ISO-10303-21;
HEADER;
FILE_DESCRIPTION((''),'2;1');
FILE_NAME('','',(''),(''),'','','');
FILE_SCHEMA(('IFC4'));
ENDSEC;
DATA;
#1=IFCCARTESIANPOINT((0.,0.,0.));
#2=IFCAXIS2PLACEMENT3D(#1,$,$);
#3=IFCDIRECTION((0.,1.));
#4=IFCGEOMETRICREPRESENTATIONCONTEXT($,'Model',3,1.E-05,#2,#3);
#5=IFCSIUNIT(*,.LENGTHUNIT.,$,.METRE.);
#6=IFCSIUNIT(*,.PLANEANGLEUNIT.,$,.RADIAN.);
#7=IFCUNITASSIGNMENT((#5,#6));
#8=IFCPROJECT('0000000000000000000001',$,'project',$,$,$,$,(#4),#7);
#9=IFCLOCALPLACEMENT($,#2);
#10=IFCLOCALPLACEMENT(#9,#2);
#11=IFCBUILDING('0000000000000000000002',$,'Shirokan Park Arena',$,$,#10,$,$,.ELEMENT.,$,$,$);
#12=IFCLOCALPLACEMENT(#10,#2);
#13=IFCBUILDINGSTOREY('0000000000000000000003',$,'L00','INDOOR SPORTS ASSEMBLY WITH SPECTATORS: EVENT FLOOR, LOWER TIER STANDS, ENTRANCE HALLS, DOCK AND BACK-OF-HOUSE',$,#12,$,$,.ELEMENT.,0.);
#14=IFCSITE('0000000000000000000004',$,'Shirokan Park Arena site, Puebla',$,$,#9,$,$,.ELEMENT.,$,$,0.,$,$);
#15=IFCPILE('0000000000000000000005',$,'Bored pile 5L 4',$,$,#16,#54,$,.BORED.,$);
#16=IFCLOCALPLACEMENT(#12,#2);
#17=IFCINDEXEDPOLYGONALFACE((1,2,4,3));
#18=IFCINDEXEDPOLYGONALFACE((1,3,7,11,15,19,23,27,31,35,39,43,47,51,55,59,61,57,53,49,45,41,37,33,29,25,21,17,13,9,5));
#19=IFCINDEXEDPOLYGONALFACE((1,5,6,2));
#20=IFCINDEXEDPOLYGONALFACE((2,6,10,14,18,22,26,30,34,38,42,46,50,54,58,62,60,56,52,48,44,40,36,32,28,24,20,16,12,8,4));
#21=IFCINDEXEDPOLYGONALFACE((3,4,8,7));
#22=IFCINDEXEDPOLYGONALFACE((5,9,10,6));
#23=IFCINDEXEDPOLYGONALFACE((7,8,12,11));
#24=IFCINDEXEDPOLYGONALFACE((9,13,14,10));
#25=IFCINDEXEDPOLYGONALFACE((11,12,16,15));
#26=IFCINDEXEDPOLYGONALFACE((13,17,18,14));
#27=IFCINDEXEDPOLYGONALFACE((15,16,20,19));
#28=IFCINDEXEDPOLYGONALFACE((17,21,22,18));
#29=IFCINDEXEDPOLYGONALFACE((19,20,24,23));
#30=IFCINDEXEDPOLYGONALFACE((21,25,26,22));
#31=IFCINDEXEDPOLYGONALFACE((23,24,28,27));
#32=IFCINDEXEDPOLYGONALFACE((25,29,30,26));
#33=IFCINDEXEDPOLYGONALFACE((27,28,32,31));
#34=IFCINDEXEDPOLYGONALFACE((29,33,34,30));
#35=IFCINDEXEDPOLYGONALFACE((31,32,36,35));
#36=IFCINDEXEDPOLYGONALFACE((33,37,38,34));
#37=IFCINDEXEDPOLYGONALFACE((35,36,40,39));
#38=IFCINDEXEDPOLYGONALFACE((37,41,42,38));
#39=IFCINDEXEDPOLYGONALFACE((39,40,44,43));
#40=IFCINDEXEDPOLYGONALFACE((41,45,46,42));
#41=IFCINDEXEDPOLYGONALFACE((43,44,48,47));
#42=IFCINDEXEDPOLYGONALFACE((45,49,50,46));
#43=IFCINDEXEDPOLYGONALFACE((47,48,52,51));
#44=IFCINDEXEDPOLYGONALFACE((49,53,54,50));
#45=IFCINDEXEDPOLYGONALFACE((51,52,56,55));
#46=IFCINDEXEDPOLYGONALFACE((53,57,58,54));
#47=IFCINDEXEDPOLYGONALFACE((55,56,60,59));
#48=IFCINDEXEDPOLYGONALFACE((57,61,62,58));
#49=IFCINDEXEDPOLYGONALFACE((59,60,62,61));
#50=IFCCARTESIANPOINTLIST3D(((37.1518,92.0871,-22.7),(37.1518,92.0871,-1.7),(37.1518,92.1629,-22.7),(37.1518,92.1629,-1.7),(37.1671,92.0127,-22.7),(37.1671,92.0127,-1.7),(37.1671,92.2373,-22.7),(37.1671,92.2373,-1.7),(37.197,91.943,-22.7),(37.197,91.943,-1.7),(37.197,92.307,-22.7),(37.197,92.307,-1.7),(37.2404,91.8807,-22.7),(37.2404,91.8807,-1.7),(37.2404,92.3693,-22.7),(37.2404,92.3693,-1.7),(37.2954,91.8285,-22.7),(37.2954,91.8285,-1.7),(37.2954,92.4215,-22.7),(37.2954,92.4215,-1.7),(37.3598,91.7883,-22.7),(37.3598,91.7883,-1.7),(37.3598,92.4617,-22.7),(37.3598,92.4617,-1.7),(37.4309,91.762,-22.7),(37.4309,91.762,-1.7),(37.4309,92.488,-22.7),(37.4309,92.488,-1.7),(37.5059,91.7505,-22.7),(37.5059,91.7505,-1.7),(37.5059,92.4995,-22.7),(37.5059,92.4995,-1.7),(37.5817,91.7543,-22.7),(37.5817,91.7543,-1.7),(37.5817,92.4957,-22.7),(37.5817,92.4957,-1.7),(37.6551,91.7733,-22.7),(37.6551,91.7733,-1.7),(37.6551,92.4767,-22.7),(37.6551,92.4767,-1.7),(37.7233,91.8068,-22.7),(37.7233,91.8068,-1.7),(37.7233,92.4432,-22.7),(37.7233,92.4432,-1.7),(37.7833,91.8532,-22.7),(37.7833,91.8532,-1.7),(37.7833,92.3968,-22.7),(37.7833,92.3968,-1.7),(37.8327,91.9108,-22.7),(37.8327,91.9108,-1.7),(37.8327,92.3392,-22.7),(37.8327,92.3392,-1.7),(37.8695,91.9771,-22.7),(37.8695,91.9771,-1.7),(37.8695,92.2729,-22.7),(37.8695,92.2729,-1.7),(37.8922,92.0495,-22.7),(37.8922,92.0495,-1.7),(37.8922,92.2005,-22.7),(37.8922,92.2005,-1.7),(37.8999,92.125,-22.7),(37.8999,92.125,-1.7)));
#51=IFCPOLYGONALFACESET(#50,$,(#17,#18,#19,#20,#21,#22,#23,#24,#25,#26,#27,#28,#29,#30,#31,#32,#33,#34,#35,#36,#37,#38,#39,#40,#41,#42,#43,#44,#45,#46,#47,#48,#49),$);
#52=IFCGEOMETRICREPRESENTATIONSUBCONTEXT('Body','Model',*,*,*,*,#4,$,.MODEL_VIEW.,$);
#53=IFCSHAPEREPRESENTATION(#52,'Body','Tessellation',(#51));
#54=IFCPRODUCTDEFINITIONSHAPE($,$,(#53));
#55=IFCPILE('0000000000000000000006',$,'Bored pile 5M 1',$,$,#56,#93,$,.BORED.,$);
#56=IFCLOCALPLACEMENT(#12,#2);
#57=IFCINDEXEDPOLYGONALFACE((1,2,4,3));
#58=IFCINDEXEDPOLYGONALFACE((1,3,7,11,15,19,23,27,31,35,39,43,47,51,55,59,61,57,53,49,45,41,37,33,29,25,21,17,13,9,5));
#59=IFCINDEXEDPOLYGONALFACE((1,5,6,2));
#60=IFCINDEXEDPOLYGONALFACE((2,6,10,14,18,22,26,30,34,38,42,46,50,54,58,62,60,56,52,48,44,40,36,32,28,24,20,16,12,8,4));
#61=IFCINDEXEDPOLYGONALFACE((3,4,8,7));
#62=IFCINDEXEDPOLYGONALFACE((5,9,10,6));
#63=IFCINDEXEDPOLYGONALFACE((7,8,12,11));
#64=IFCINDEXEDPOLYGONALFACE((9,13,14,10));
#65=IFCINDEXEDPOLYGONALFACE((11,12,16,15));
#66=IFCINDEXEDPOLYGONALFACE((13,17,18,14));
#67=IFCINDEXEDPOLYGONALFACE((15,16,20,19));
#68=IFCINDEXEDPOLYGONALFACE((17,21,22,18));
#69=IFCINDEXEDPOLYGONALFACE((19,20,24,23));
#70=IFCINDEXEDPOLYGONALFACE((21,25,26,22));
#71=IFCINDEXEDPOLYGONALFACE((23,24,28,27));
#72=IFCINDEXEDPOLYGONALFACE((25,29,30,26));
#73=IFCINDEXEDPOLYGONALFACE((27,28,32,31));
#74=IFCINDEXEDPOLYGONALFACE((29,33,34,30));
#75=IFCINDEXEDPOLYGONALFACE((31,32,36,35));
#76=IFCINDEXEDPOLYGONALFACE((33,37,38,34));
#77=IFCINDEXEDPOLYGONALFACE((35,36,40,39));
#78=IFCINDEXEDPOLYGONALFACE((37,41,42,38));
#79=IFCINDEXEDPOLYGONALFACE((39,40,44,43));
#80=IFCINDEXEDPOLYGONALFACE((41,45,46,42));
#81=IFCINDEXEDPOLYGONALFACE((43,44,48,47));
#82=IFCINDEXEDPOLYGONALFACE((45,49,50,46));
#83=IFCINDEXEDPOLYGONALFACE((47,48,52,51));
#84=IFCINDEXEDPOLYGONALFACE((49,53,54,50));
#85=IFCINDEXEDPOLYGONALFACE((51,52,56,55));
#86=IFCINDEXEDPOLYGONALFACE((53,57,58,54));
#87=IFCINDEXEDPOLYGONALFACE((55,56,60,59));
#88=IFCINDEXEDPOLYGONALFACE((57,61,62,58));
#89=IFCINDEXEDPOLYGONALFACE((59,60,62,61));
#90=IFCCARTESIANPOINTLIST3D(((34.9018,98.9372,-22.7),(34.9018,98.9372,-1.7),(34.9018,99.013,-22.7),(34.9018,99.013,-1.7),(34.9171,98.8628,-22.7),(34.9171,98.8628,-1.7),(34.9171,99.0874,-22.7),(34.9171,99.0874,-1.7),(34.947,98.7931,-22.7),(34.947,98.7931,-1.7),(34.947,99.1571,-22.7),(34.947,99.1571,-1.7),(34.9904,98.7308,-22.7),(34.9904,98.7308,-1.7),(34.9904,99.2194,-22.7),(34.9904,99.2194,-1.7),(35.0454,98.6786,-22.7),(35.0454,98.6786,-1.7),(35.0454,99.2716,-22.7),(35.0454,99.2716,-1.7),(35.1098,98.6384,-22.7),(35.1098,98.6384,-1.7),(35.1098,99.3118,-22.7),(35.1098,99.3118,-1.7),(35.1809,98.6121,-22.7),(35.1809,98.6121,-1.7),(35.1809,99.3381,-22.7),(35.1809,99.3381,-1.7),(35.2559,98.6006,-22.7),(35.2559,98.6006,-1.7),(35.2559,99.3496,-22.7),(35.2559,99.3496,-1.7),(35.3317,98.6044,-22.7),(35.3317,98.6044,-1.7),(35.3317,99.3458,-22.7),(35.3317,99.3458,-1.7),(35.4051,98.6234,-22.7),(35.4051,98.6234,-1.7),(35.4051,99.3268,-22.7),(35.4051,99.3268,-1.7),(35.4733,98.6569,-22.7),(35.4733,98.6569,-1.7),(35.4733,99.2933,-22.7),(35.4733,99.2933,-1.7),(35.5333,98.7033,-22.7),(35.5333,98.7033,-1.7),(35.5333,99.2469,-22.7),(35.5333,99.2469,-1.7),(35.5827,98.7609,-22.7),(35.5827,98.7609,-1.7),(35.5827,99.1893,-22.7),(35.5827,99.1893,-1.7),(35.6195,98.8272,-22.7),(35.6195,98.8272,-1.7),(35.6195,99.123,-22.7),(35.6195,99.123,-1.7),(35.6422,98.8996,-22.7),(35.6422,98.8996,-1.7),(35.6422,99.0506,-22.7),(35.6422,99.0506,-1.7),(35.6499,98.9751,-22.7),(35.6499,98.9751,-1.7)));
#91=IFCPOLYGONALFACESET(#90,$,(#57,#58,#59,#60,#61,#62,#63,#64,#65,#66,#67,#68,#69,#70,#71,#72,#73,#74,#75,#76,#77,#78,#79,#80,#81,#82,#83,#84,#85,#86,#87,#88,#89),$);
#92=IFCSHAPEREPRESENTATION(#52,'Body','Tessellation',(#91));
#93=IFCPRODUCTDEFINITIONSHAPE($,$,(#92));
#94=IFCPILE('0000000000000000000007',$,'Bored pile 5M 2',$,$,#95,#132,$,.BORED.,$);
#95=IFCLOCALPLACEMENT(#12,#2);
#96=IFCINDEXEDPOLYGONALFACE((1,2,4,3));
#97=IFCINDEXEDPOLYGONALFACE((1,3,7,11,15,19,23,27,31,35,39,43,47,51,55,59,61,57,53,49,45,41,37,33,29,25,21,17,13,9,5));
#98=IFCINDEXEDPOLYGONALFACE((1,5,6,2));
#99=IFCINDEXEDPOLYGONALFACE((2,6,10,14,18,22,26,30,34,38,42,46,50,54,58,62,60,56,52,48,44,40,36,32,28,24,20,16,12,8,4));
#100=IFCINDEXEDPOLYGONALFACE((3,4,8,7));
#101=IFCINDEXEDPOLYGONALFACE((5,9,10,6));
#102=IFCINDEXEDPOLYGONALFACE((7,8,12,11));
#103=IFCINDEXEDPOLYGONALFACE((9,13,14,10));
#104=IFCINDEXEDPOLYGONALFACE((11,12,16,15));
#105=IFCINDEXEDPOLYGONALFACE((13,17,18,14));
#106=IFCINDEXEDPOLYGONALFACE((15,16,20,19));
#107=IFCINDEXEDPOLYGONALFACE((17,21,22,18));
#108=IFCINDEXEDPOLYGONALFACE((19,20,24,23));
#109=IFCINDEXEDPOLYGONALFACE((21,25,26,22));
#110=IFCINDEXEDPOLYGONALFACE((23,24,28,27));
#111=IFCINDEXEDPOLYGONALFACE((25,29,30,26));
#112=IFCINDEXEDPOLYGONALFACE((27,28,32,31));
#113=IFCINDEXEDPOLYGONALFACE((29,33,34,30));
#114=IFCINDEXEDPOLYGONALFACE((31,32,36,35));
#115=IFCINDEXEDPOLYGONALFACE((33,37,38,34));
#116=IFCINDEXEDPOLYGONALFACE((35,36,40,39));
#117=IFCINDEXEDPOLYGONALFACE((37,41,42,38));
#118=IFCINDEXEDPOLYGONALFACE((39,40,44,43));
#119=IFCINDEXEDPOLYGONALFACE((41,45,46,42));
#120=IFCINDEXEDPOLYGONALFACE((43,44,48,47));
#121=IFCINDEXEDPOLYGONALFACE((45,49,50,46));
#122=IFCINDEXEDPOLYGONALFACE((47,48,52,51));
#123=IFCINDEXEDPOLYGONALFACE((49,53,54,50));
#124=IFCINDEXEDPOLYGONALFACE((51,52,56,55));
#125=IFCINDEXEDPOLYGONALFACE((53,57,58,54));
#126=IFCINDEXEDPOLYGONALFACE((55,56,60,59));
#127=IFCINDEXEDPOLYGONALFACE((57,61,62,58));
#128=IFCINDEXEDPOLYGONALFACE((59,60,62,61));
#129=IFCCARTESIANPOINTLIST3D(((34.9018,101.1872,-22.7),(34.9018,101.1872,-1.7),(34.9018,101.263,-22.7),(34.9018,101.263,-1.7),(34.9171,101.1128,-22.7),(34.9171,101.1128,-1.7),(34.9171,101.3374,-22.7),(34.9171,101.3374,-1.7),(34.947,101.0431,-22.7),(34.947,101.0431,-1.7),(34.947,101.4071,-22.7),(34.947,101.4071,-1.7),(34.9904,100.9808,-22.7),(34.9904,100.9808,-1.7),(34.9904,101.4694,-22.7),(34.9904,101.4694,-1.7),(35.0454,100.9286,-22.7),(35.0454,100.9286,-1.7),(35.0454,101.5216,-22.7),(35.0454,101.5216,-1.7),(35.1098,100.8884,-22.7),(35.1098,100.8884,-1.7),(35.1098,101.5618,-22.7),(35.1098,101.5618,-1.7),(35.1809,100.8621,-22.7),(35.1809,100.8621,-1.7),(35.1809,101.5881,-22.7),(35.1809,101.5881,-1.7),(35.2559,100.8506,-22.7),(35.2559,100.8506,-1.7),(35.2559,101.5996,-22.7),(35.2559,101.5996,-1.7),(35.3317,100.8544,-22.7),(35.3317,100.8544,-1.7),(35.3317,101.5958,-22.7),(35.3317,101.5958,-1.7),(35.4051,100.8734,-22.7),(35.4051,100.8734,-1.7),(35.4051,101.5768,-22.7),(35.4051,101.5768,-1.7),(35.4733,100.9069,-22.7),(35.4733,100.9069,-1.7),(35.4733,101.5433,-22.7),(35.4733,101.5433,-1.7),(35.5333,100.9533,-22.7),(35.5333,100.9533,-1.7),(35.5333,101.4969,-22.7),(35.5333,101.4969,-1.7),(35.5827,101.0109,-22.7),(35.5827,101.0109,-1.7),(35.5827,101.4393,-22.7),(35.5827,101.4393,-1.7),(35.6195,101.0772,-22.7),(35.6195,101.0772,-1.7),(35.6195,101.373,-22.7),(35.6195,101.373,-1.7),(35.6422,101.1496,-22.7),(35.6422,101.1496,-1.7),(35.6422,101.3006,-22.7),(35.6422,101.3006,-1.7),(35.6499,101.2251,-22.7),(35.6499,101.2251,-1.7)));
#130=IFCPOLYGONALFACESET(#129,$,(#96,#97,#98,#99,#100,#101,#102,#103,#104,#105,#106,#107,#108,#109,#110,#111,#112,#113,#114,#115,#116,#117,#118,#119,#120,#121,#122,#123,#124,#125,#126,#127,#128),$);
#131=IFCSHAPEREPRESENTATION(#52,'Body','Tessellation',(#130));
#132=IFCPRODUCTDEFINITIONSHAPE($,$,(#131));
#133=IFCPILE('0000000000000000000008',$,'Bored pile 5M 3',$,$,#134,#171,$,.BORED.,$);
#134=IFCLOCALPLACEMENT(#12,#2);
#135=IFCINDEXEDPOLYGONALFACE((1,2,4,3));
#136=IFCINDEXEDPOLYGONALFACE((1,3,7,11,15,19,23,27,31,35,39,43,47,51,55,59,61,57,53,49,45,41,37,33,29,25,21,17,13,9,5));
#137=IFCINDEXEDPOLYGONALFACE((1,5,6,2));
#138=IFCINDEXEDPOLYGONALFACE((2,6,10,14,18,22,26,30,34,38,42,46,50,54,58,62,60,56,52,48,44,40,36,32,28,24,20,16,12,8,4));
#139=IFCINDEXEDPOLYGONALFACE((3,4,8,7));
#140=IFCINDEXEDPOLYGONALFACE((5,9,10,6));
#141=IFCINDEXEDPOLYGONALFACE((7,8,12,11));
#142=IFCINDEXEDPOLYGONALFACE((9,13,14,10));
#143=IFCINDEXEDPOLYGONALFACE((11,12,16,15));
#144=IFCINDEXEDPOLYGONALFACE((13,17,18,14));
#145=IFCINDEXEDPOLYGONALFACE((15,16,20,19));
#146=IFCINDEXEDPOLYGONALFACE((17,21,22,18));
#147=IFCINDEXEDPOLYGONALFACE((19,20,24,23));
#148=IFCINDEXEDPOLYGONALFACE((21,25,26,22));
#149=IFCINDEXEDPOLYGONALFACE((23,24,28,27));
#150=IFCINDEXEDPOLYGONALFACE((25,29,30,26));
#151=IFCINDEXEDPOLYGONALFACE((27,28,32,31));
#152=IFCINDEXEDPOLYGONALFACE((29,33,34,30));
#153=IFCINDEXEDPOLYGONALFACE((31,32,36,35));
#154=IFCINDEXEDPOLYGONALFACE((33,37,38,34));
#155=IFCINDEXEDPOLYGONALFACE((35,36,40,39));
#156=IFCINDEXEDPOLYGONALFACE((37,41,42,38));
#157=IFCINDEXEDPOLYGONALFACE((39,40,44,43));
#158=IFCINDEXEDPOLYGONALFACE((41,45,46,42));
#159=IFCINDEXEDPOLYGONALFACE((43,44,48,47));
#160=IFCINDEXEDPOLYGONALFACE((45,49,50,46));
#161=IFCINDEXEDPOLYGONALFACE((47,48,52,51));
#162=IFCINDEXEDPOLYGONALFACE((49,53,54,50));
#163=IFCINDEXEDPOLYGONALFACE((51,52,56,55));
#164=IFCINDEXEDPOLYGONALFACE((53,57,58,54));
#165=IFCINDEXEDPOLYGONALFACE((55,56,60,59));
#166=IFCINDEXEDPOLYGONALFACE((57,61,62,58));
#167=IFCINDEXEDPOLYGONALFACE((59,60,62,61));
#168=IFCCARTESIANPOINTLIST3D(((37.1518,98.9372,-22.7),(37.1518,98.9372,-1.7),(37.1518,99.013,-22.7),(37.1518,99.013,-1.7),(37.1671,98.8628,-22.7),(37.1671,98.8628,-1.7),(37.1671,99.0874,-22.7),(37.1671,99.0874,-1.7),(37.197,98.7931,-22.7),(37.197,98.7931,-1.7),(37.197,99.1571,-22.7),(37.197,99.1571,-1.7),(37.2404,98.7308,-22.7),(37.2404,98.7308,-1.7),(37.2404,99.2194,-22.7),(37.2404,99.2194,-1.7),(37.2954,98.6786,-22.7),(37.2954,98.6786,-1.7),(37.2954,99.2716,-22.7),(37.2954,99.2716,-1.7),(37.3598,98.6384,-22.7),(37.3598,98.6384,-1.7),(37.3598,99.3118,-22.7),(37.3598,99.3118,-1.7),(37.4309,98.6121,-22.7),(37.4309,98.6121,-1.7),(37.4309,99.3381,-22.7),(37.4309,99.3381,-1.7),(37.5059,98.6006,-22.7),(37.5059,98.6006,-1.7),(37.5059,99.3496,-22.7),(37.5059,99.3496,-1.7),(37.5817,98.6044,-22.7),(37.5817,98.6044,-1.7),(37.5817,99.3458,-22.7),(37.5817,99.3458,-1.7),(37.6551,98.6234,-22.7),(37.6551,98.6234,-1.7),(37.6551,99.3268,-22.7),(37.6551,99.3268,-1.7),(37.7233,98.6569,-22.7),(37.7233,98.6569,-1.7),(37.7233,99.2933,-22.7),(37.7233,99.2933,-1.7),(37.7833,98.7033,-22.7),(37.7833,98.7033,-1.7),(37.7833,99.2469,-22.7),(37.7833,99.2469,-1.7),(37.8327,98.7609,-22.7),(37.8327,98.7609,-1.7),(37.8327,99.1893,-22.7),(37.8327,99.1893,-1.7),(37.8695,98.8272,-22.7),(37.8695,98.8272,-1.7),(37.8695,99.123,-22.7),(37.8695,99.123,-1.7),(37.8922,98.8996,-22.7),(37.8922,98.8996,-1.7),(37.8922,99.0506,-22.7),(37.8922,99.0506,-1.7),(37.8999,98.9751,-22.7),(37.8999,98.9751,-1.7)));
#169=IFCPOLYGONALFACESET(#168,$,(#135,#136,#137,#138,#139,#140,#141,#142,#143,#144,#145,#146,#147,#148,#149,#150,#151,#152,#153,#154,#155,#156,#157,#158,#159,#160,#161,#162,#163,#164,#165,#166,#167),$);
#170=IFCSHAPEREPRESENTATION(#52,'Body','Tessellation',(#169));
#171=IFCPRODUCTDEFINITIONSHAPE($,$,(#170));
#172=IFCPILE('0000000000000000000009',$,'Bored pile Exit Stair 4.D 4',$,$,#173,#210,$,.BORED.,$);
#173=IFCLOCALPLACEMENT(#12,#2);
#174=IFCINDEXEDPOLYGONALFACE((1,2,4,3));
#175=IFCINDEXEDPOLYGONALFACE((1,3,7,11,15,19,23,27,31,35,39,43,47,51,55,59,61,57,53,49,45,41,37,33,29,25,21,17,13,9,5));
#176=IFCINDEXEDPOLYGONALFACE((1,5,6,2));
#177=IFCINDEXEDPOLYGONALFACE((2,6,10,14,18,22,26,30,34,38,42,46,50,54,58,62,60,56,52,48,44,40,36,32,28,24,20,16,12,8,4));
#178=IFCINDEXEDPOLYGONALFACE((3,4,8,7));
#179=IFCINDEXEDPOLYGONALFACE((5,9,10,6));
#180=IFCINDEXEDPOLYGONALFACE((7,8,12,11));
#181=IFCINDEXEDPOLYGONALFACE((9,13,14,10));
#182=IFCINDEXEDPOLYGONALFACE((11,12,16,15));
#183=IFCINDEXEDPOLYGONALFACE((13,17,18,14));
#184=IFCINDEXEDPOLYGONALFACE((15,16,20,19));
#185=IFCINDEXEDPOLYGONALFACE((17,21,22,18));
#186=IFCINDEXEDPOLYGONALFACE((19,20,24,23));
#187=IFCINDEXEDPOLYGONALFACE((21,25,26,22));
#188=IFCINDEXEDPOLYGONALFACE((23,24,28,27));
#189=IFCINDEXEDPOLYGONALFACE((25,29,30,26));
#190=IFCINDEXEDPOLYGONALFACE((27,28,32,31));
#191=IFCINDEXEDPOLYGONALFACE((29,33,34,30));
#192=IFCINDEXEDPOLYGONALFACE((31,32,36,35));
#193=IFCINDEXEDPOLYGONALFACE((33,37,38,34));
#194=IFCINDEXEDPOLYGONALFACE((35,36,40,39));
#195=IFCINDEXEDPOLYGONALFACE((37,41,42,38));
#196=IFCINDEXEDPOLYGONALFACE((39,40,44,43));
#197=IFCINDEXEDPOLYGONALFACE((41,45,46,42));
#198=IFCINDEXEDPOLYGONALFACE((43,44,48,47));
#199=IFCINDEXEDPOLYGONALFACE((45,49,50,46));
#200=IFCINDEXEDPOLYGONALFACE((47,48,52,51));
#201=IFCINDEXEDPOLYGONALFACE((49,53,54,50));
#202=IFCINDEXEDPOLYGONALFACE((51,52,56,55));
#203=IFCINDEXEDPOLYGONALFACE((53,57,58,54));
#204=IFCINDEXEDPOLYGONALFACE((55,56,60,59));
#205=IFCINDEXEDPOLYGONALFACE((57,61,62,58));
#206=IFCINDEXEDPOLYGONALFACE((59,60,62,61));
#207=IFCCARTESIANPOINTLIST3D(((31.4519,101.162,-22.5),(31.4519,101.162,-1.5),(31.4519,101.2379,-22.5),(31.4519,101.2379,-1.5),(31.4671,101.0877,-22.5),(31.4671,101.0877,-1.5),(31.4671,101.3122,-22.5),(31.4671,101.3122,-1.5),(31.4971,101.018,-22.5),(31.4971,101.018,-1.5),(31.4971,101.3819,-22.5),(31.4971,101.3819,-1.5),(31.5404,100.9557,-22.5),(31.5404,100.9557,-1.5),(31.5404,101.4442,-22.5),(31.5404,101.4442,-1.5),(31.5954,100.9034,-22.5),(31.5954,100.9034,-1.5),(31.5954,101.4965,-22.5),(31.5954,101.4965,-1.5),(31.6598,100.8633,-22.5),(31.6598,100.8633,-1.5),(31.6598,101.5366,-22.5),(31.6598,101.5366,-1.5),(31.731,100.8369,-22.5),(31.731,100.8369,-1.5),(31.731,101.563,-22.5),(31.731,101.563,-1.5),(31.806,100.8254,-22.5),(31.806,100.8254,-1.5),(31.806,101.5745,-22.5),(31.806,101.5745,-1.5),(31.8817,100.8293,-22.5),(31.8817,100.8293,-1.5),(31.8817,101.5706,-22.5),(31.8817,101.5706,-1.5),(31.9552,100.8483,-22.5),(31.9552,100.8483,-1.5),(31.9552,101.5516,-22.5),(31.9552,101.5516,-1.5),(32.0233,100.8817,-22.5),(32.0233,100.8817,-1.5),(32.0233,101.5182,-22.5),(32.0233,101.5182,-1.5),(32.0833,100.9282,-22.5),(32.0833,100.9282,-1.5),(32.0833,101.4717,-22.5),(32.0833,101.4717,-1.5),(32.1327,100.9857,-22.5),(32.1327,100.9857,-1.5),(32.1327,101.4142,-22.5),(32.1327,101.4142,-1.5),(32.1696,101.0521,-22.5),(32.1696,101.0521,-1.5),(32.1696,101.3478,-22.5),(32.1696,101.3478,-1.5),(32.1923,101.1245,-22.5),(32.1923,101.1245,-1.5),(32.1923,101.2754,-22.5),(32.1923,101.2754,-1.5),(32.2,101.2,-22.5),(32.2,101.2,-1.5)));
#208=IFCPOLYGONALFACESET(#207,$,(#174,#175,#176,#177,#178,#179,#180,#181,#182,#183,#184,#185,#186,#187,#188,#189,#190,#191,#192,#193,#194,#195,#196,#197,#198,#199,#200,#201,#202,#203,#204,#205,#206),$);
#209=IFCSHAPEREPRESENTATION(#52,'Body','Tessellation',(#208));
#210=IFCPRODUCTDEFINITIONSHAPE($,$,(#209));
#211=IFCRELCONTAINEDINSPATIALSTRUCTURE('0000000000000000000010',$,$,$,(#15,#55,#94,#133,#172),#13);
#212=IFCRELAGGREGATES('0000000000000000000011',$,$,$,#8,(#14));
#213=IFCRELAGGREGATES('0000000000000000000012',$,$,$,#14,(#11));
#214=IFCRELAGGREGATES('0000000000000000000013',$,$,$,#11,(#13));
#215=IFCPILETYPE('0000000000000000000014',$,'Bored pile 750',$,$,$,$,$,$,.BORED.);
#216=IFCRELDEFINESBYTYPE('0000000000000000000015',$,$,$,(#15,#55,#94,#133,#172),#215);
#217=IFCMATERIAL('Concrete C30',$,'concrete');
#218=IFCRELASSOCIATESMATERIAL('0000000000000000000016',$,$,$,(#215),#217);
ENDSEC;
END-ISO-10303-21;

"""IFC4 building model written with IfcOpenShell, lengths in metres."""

from ifc_helpers import new_model, si_unit, direction, frame, origin, origin_2d, place, context, subcontext, project, spatial, circle, extrude, material, material_profile, profile_set, type_object, element, save


model = new_model("IFC4")

# Units and contexts
model_context = context("Model", 3, precision=1e-05, world=origin(), true_north=direction((0.0, 1.0)))
body_context = subcontext(model_context, "Body", "Model", "MODEL_VIEW")
ifc_project = project(units=[si_unit("LENGTHUNIT", "METRE"), si_unit("PLANEANGLEUNIT", "RADIAN")], contexts=[model_context])

# Site, building, storey
site_placement = place(None, origin())
site = spatial("IfcSite", under=ifc_project, at=site_placement, Name="Shirokan Park Arena site, Puebla", CompositionType="ELEMENT", RefElevation=0.0)
building_placement = place(site_placement, origin())
building = spatial("IfcBuilding", under=site, at=building_placement, Name="Shirokan Park Arena", CompositionType="ELEMENT")
storey_placement = place(building_placement, origin())
storey = spatial("IfcBuildingStorey", under=building, at=storey_placement, Name="L00", Description="INDOOR SPORTS ASSEMBLY WITH SPECTATORS: EVENT FLOOR, LOWER TIER STANDS, ENTRANCE HALLS, DOCK AND BACK-OF-HOUSE", CompositionType="ELEMENT", Elevation=0.0)

# Piles
ifc_material_1 = material(Name="Concrete C30", Category="concrete")
ifc_material_profile_1 = material_profile(ifc_material_1, circle(Radius=0.375, at=origin_2d()), Name="D750")
ifc_profile_set_1 = profile_set([ifc_material_profile_1], Name="Concrete C30")
pile_type_1 = type_object("IfcPileType", Name="Bored pile 750", PredefinedType="BORED", material=ifc_profile_set_1)
for number, where, z_axis, x_axis, name in (
    (1, (37.5249, 92.125, -1.7), (0.0, 0.0, -1.0), (1.0, 0.0, 0.0), "Bored pile 5L 4"),
    (2, (35.2749, 98.9751, -1.7), (0.0, 0.0, -1.0), (1.0, 0.0, 0.0), "Bored pile 5M 1"),
    (3, (35.2749, 101.2251, -1.7), (0.0, 0.0, -1.0), (1.0, 0.0, 0.0), "Bored pile 5M 2"),
    (4, (37.5249, 98.9751, -1.7), (0.0, 0.0, -1.0), (1.0, 0.0, 0.0), "Bored pile 5M 3"),
    (5, (31.825, 101.2, -1.5), (0.0, 0.0, -1.0), (1.0, 0.0, 0.0), "Bored pile Exit Stair 4.D 4"),
):
    element("IfcPile", number, at=place(storey_placement, frame(where, z_axis=z_axis, x_axis=x_axis)), inside=storey, type_object=pile_type_1, Name=name, PredefinedType="BORED", context=body_context, shape_type="SweptSolid", body=[
        extrude(circle(Radius=0.375, at=origin_2d()), origin(), (0.0, 0.0, 1.0), 21.0),
    ])

save(model, "model.ifc")
